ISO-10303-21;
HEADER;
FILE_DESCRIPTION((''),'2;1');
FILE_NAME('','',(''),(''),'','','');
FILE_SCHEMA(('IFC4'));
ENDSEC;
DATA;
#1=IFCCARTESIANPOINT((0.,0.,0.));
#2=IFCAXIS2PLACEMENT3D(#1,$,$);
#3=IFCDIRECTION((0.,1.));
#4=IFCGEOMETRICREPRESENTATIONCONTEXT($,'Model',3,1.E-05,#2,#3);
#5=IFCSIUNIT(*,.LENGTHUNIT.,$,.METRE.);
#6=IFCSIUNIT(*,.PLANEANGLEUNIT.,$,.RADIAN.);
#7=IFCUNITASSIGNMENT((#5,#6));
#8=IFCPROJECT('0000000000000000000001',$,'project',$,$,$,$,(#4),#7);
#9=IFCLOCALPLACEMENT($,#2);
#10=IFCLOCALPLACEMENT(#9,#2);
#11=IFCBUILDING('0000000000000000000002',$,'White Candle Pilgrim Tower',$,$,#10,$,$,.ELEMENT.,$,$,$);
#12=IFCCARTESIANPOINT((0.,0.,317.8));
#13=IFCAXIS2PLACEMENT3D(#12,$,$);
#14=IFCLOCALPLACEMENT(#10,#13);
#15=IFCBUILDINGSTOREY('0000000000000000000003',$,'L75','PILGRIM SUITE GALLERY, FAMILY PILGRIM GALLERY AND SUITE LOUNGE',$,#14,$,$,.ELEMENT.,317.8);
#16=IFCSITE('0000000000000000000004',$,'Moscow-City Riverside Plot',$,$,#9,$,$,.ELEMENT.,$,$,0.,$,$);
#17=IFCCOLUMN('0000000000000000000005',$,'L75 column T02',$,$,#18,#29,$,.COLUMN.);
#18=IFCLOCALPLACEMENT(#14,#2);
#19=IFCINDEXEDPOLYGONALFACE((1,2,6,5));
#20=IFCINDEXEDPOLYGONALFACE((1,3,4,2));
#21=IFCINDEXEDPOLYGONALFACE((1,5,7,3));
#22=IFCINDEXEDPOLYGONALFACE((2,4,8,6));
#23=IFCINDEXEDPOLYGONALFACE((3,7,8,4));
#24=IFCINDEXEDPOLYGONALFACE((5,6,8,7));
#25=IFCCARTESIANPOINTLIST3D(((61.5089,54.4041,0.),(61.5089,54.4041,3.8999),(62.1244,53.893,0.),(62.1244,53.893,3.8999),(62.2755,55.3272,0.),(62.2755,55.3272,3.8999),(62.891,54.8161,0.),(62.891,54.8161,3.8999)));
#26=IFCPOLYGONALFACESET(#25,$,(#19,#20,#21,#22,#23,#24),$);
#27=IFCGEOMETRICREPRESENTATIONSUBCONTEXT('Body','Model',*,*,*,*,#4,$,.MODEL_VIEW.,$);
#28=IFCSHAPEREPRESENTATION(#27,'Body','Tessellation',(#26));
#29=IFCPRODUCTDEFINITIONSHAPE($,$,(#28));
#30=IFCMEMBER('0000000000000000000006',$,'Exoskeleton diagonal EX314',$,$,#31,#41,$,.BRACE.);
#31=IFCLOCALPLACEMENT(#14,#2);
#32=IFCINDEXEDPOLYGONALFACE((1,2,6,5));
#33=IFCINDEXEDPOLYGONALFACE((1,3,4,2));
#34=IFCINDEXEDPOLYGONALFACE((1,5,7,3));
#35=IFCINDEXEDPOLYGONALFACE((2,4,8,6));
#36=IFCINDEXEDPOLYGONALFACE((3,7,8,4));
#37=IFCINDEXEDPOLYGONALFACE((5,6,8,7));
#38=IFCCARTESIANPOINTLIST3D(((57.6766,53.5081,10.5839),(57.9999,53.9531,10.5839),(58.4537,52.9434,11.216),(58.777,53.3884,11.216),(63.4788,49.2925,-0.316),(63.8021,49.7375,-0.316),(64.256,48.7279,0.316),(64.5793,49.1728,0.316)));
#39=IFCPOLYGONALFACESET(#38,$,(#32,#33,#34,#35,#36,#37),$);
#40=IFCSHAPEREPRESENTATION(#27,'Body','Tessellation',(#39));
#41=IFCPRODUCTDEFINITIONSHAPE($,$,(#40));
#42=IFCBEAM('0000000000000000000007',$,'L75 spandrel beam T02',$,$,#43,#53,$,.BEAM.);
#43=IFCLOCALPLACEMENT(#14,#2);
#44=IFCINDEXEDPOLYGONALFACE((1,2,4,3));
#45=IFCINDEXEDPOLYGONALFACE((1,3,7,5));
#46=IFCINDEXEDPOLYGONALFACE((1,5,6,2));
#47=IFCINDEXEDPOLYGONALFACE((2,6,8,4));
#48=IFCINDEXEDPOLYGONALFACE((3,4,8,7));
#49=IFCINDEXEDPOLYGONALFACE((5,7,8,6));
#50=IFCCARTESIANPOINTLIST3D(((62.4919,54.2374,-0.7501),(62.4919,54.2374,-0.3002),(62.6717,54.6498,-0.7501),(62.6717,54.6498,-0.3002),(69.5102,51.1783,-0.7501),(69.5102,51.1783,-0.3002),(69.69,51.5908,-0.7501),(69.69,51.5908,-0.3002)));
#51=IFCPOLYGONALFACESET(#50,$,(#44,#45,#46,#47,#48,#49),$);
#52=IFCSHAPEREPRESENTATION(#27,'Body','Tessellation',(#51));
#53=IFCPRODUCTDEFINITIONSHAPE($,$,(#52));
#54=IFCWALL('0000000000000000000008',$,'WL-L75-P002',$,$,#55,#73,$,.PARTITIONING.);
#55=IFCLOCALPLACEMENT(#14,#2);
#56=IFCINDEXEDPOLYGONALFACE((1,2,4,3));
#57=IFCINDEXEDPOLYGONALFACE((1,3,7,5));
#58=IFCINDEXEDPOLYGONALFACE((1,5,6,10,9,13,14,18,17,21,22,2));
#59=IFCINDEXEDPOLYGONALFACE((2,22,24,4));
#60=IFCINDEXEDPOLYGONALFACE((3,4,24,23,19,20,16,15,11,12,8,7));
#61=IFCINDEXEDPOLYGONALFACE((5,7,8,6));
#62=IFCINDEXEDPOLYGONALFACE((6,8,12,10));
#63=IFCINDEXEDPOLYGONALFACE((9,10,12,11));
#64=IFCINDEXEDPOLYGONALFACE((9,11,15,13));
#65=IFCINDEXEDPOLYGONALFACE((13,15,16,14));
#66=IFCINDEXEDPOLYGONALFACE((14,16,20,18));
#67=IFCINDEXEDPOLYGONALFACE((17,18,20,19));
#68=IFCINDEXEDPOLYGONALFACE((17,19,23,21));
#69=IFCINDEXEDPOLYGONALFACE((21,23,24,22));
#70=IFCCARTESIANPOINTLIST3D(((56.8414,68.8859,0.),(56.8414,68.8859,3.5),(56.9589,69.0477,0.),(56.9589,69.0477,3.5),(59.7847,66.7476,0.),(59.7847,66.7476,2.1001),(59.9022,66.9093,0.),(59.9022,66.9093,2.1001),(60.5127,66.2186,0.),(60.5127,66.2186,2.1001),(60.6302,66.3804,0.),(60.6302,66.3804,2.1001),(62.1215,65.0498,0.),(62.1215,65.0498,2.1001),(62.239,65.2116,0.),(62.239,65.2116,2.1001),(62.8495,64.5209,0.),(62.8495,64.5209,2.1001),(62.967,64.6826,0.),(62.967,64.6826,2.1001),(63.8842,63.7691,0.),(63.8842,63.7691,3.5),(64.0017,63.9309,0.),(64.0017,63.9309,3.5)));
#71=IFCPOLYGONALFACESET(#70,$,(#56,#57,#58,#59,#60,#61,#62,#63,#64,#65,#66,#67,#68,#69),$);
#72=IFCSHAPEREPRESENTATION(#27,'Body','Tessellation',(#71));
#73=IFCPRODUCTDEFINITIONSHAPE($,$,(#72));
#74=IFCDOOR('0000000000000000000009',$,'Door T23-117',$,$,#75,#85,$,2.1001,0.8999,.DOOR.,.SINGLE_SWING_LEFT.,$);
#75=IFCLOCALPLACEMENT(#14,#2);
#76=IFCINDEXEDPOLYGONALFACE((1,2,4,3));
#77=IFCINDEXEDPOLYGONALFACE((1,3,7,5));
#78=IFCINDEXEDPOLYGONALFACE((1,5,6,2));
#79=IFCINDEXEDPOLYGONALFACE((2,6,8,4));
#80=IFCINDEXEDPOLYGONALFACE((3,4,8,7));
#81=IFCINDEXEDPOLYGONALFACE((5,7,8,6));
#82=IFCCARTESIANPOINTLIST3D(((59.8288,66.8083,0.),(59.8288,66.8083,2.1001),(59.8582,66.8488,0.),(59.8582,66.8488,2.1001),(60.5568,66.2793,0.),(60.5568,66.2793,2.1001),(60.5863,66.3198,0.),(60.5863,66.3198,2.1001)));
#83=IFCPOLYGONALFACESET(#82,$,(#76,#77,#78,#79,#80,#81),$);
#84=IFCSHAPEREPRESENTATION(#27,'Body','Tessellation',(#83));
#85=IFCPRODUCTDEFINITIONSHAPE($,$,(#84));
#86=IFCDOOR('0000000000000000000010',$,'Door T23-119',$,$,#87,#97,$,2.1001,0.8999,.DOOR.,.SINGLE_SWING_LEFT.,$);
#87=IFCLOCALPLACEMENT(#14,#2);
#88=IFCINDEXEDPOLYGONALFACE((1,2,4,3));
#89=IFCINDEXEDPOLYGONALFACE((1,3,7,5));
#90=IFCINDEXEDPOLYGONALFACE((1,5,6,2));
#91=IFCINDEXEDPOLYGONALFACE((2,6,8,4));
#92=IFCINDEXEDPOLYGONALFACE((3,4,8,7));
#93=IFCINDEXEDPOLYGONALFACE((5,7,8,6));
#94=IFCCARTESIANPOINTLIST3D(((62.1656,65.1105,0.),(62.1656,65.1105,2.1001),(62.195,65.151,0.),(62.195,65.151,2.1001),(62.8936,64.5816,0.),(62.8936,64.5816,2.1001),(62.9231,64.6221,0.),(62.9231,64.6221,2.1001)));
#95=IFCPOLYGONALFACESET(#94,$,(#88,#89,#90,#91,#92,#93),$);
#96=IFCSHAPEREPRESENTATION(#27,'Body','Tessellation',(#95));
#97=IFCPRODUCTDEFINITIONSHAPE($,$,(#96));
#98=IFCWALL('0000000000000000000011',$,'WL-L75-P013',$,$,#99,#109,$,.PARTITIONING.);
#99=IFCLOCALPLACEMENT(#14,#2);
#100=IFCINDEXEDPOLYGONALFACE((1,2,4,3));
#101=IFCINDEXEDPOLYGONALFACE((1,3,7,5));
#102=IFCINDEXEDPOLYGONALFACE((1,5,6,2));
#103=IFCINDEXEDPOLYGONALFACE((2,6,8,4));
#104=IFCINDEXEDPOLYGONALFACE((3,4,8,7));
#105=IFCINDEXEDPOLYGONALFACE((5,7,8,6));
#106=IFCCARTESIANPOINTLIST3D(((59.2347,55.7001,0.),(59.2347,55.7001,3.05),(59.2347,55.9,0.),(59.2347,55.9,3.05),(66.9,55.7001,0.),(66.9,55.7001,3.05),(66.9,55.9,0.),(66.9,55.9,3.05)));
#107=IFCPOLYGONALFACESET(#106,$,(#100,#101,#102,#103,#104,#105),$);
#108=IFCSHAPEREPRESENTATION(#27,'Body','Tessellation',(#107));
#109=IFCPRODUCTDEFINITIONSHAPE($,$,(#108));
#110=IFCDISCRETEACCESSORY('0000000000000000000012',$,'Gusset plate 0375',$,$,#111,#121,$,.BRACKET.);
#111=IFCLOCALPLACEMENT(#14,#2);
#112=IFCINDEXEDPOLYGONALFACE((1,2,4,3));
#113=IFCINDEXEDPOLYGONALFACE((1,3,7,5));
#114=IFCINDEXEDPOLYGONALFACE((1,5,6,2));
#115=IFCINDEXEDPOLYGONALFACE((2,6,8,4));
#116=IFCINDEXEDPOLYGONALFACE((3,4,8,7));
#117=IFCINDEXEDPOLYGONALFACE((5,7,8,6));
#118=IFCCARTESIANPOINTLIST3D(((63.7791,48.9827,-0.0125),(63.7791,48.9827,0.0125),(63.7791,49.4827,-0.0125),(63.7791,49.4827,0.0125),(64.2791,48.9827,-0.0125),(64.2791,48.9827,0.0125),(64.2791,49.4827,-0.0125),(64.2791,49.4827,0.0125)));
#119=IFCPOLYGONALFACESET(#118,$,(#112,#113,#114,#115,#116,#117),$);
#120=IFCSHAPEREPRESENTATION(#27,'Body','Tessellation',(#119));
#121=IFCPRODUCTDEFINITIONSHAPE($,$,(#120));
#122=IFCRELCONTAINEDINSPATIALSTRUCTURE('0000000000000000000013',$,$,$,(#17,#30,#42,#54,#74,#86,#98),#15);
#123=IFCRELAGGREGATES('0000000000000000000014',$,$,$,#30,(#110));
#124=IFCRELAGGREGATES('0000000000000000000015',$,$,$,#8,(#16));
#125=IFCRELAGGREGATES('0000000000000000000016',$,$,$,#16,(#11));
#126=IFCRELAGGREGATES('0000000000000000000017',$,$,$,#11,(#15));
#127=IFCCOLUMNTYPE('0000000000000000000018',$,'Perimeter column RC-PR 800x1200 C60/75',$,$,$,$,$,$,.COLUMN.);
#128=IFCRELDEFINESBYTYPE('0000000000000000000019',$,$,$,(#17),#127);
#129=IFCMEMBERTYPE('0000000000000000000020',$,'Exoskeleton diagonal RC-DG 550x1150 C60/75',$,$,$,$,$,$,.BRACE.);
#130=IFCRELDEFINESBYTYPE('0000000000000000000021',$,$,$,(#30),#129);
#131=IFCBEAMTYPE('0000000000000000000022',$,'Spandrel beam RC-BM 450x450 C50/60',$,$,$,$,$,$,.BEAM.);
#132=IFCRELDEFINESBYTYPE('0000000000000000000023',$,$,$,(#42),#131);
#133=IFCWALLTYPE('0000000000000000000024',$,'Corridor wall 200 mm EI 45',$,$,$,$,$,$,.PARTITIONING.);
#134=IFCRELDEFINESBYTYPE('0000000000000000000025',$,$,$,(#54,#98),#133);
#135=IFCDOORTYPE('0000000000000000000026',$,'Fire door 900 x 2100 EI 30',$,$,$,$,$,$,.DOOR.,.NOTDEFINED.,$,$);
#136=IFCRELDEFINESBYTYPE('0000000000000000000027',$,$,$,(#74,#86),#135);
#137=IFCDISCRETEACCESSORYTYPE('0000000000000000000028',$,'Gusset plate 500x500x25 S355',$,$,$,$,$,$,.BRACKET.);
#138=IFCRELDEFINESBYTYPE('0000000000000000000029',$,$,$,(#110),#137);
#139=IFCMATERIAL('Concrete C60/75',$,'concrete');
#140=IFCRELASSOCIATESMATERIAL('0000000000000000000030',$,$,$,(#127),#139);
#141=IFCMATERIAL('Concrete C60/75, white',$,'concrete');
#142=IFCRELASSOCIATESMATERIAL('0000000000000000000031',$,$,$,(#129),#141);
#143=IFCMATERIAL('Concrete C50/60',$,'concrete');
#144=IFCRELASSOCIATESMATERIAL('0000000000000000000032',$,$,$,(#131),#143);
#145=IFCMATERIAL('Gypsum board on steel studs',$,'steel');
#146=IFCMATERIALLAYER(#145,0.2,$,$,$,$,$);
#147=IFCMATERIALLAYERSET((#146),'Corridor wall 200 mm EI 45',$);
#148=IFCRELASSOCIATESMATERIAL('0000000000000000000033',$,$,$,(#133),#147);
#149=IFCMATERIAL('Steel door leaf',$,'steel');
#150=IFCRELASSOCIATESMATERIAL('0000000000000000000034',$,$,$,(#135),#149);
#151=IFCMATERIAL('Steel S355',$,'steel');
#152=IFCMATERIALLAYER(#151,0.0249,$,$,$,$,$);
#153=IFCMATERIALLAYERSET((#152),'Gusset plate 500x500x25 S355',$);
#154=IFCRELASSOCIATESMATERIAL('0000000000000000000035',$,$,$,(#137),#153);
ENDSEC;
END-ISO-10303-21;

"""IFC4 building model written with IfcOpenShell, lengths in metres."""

from ifc_helpers import new_model, si_unit, direction, frame, frame_2d, origin, origin_2d, place, context, subcontext, project, spatial, rectangle, extrude, material, layer, layer_set, material_profile, profile_set, type_object, element, fill, aggregate, save


model = new_model("IFC4")

# Units and contexts
model_context = context("Model", 3, precision=1e-05, world=origin(), true_north=direction((0.0, 1.0)))
body_context = subcontext(model_context, "Body", "Model", "MODEL_VIEW")
ifc_project = project(units=[si_unit("LENGTHUNIT", "METRE"), si_unit("PLANEANGLEUNIT", "RADIAN")], contexts=[model_context])

# Site, building, storey
site_placement = place(None, origin())
site = spatial("IfcSite", under=ifc_project, at=site_placement, Name="Moscow-City Riverside Plot", CompositionType="ELEMENT", RefElevation=0.0)
building_placement = place(site_placement, origin())
building = spatial("IfcBuilding", under=site, at=building_placement, Name="White Candle Pilgrim Tower", CompositionType="ELEMENT")
storey_placement = place(building_placement, frame((0.0, 0.0, 317.8)))
storey = spatial("IfcBuildingStorey", under=building, at=storey_placement, Name="L75", Description="PILGRIM SUITE GALLERY, FAMILY PILGRIM GALLERY AND SUITE LOUNGE", CompositionType="ELEMENT", Elevation=317.8)

# Column
ifc_material_1 = material(Name="Concrete C60/75", Category="concrete")
ifc_material_profile_1 = material_profile(ifc_material_1, rectangle(XDim=0.8, YDim=1.2, at=origin_2d()), Name="RC-PR 800x1200")
ifc_profile_set_1 = profile_set([ifc_material_profile_1], Name="Concrete C60/75")
column_type = type_object("IfcColumnType", Name="Perimeter column RC-PR 800x1200 C60/75", PredefinedType="COLUMN", material=ifc_profile_set_1)
column_placement = place(storey_placement, frame((62.2, 54.6101, 0.0), z_axis=(0.0, 0.0, 1.0), x_axis=(-0.76931, 0.638875, 0.0)))
element("IfcColumn", 1, at=column_placement, inside=storey, type_object=column_type, Name="L75 column T02", PredefinedType="COLUMN", context=body_context, shape_type="SweptSolid", body=[
    extrude(rectangle(XDim=0.8, YDim=1.2, at=origin_2d()), origin(), (0.0, 0.0, 1.0), 3.8999),
])

# Member
ifc_material_2 = material(Name="Concrete C60/75, white", Category="concrete")
ifc_material_profile_2 = material_profile(ifc_material_2, rectangle(XDim=0.55, YDim=1.1499, at=origin_2d()), Name="RC-DG 550x1150")
ifc_profile_set_2 = profile_set([ifc_material_profile_2], Name="Concrete C60/75, white")
member_type = type_object("IfcMemberType", Name="Exoskeleton diagonal RC-DG 550x1150 C60/75", PredefinedType="BRACE", material=ifc_profile_set_2)
member_placement = place(storey_placement, frame((64.0291, 49.2327, 0.0), z_axis=(-0.444692, 0.323087, 0.835383), x_axis=(-0.587785, -0.809017, 0.0)))
member = element("IfcMember", 2, at=member_placement, inside=storey, type_object=member_type, Name="Exoskeleton diagonal EX314", PredefinedType="BRACE", context=body_context, shape_type="SweptSolid", body=[
    extrude(rectangle(XDim=0.55, YDim=1.1499, at=origin_2d()), origin(), (0.0, 0.0, 1.0), 13.0479),
])

# Beam
ifc_material_3 = material(Name="Concrete C50/60", Category="concrete")
ifc_material_profile_3 = material_profile(ifc_material_3, rectangle(XDim=0.45, YDim=0.45, at=origin_2d()), Name="RC-BM 450x450")
ifc_profile_set_3 = profile_set([ifc_material_profile_3], Name="Concrete C50/60")
beam_type = type_object("IfcBeamType", Name="Spandrel beam RC-BM 450x450 C50/60", PredefinedType="BEAM", material=ifc_profile_set_3)
beam_placement = place(storey_placement, frame((62.5818, 54.4436, -0.5251), z_axis=(0.916705, -0.399565, 0.0), x_axis=(0.399565, 0.916705, 0.0)))
element("IfcBeam", 3, at=beam_placement, inside=storey, type_object=beam_type, Name="L75 spandrel beam T02", PredefinedType="BEAM", context=body_context, shape_type="SweptSolid", body=[
    extrude(rectangle(XDim=0.45, YDim=0.45, at=origin_2d()), origin(), (0.0, 0.0, 1.0), 7.656),
])

# Wall, openings, doors
ifc_material_4 = material(Name="Gypsum board on steel studs", Category="steel")
ifc_layer_1 = layer(ifc_material_4, 0.2)
ifc_layer_set_1 = layer_set([ifc_layer_1], Name="Corridor wall 200 mm EI 45")
wall_type_1 = type_object("IfcWallType", Name="Corridor wall 200 mm EI 45", PredefinedType="PARTITIONING", material=ifc_layer_set_1)
wall_1_placement = place(storey_placement, frame((63.9429, 63.8501, 0.0), z_axis=(0.0, 0.0, 1.0), x_axis=(-0.809025, 0.587775, 0.0)))
wall_1 = element("IfcWall", 4, at=wall_1_placement, inside=storey, type_object=wall_type_1, Name="WL-L75-P002", PredefinedType="PARTITIONING", context=body_context, shape_type="SweptSolid", body=[
    extrude(rectangle(XDim=8.7053, YDim=0.2, at=frame_2d((4.3525, 0.0))), origin(), (0.0, 0.0, 1.0), 3.5),
])
opening_1_placement = place(wall_1_placement, frame((4.1672, 0.0, 0.0)))
opening_1 = element("IfcOpeningElement", 5, at=opening_1_placement, cuts=wall_1, PredefinedType="OPENING", context=body_context, shape_type="SweptSolid", body=[
    extrude(rectangle(XDim=0.8999, YDim=2.1001, at=frame_2d((0.45, 1.05))), frame((0.0, 0.1099, 0.0), z_axis=(0.0, -1.0, 0.0), x_axis=(1.0, 0.0, 0.0)), (0.0, 0.0, 1.0), 0.22),
])
opening_2_placement = place(wall_1_placement, frame((1.2788, 0.0, 0.0)))
opening_2 = element("IfcOpeningElement", 6, at=opening_2_placement, cuts=wall_1, PredefinedType="OPENING", context=body_context, shape_type="SweptSolid", body=[
    extrude(rectangle(XDim=0.8999, YDim=2.1001, at=frame_2d((0.45, 1.05))), frame((0.0, 0.1099, 0.0), z_axis=(0.0, -1.0, 0.0), x_axis=(1.0, 0.0, 0.0)), (0.0, 0.0, 1.0), 0.22),
])
ifc_material_5 = material(Name="Steel door leaf", Category="steel")
door_type = type_object("IfcDoorType", Name="Fire door 900 x 2100 EI 30", OperationType="NOTDEFINED", PredefinedType="DOOR", material=ifc_material_5)
door_1_placement = place(opening_1_placement, origin())
door_1 = element("IfcDoor", 7, at=door_1_placement, inside=storey, type_object=door_type, Name="Door T23-117", OperationType="SINGLE_SWING_LEFT", OverallHeight=2.1001, OverallWidth=0.8999, PredefinedType="DOOR", context=body_context, shape_type="SweptSolid", body=[
    extrude(rectangle(XDim=0.8999, YDim=2.1001, at=frame_2d((0.45, 1.05))), frame((0.0, 0.0249, 0.0), z_axis=(0.0, -1.0, 0.0), x_axis=(1.0, 0.0, 0.0)), (0.0, 0.0, 1.0), 0.05),
])
fill(opening_1, door_1)
door_2_placement = place(opening_2_placement, origin())
door_2 = element("IfcDoor", 8, at=door_2_placement, inside=storey, type_object=door_type, Name="Door T23-119", OperationType="SINGLE_SWING_LEFT", OverallHeight=2.1001, OverallWidth=0.8999, PredefinedType="DOOR", context=body_context, shape_type="SweptSolid", body=[
    extrude(rectangle(XDim=0.8999, YDim=2.1001, at=frame_2d((0.45, 1.05))), frame((0.0, 0.0249, 0.0), z_axis=(0.0, -1.0, 0.0), x_axis=(1.0, 0.0, 0.0)), (0.0, 0.0, 1.0), 0.05),
])
fill(opening_2, door_2)

# Wall
wall_2_placement = place(storey_placement, frame((66.8999, 55.8, 0.0), z_axis=(0.0, 0.0, 1.0), x_axis=(-1.0, 0.0, 0.0)))
element("IfcWall", 9, at=wall_2_placement, inside=storey, type_object=wall_type_1, Name="WL-L75-P013", PredefinedType="PARTITIONING", context=body_context, shape_type="SweptSolid", body=[
    extrude(rectangle(XDim=7.6653, YDim=0.2, at=frame_2d((3.8325, 0.0))), origin(), (0.0, 0.0, 1.0), 3.05),
])

# Discrete accessory
ifc_material_6 = material(Name="Steel S355", Category="steel")
ifc_layer_2 = layer(ifc_material_6, 0.0249)
ifc_layer_set_2 = layer_set([ifc_layer_2], Name="Gusset plate 500x500x25 S355")
discrete_accessory_type = type_object("IfcDiscreteAccessoryType", Name="Gusset plate 500x500x25 S355", PredefinedType="BRACKET", material=ifc_layer_set_2)
discrete_accessory_placement = place(storey_placement, frame((64.0291, 49.2327, -0.0125), z_axis=(0.0, 0.0, 1.0), x_axis=(1.0, 0.0, 0.0)))
discrete_accessory = element("IfcDiscreteAccessory", 10, at=discrete_accessory_placement, type_object=discrete_accessory_type, Name="Gusset plate 0375", PredefinedType="BRACKET", context=body_context, shape_type="SweptSolid", body=[
    extrude(rectangle(XDim=0.5, YDim=0.5, at=origin_2d()), origin(), (0.0, 0.0, 1.0), 0.0249),
])
aggregate(member, [discrete_accessory])

save(model, "model.ifc")
